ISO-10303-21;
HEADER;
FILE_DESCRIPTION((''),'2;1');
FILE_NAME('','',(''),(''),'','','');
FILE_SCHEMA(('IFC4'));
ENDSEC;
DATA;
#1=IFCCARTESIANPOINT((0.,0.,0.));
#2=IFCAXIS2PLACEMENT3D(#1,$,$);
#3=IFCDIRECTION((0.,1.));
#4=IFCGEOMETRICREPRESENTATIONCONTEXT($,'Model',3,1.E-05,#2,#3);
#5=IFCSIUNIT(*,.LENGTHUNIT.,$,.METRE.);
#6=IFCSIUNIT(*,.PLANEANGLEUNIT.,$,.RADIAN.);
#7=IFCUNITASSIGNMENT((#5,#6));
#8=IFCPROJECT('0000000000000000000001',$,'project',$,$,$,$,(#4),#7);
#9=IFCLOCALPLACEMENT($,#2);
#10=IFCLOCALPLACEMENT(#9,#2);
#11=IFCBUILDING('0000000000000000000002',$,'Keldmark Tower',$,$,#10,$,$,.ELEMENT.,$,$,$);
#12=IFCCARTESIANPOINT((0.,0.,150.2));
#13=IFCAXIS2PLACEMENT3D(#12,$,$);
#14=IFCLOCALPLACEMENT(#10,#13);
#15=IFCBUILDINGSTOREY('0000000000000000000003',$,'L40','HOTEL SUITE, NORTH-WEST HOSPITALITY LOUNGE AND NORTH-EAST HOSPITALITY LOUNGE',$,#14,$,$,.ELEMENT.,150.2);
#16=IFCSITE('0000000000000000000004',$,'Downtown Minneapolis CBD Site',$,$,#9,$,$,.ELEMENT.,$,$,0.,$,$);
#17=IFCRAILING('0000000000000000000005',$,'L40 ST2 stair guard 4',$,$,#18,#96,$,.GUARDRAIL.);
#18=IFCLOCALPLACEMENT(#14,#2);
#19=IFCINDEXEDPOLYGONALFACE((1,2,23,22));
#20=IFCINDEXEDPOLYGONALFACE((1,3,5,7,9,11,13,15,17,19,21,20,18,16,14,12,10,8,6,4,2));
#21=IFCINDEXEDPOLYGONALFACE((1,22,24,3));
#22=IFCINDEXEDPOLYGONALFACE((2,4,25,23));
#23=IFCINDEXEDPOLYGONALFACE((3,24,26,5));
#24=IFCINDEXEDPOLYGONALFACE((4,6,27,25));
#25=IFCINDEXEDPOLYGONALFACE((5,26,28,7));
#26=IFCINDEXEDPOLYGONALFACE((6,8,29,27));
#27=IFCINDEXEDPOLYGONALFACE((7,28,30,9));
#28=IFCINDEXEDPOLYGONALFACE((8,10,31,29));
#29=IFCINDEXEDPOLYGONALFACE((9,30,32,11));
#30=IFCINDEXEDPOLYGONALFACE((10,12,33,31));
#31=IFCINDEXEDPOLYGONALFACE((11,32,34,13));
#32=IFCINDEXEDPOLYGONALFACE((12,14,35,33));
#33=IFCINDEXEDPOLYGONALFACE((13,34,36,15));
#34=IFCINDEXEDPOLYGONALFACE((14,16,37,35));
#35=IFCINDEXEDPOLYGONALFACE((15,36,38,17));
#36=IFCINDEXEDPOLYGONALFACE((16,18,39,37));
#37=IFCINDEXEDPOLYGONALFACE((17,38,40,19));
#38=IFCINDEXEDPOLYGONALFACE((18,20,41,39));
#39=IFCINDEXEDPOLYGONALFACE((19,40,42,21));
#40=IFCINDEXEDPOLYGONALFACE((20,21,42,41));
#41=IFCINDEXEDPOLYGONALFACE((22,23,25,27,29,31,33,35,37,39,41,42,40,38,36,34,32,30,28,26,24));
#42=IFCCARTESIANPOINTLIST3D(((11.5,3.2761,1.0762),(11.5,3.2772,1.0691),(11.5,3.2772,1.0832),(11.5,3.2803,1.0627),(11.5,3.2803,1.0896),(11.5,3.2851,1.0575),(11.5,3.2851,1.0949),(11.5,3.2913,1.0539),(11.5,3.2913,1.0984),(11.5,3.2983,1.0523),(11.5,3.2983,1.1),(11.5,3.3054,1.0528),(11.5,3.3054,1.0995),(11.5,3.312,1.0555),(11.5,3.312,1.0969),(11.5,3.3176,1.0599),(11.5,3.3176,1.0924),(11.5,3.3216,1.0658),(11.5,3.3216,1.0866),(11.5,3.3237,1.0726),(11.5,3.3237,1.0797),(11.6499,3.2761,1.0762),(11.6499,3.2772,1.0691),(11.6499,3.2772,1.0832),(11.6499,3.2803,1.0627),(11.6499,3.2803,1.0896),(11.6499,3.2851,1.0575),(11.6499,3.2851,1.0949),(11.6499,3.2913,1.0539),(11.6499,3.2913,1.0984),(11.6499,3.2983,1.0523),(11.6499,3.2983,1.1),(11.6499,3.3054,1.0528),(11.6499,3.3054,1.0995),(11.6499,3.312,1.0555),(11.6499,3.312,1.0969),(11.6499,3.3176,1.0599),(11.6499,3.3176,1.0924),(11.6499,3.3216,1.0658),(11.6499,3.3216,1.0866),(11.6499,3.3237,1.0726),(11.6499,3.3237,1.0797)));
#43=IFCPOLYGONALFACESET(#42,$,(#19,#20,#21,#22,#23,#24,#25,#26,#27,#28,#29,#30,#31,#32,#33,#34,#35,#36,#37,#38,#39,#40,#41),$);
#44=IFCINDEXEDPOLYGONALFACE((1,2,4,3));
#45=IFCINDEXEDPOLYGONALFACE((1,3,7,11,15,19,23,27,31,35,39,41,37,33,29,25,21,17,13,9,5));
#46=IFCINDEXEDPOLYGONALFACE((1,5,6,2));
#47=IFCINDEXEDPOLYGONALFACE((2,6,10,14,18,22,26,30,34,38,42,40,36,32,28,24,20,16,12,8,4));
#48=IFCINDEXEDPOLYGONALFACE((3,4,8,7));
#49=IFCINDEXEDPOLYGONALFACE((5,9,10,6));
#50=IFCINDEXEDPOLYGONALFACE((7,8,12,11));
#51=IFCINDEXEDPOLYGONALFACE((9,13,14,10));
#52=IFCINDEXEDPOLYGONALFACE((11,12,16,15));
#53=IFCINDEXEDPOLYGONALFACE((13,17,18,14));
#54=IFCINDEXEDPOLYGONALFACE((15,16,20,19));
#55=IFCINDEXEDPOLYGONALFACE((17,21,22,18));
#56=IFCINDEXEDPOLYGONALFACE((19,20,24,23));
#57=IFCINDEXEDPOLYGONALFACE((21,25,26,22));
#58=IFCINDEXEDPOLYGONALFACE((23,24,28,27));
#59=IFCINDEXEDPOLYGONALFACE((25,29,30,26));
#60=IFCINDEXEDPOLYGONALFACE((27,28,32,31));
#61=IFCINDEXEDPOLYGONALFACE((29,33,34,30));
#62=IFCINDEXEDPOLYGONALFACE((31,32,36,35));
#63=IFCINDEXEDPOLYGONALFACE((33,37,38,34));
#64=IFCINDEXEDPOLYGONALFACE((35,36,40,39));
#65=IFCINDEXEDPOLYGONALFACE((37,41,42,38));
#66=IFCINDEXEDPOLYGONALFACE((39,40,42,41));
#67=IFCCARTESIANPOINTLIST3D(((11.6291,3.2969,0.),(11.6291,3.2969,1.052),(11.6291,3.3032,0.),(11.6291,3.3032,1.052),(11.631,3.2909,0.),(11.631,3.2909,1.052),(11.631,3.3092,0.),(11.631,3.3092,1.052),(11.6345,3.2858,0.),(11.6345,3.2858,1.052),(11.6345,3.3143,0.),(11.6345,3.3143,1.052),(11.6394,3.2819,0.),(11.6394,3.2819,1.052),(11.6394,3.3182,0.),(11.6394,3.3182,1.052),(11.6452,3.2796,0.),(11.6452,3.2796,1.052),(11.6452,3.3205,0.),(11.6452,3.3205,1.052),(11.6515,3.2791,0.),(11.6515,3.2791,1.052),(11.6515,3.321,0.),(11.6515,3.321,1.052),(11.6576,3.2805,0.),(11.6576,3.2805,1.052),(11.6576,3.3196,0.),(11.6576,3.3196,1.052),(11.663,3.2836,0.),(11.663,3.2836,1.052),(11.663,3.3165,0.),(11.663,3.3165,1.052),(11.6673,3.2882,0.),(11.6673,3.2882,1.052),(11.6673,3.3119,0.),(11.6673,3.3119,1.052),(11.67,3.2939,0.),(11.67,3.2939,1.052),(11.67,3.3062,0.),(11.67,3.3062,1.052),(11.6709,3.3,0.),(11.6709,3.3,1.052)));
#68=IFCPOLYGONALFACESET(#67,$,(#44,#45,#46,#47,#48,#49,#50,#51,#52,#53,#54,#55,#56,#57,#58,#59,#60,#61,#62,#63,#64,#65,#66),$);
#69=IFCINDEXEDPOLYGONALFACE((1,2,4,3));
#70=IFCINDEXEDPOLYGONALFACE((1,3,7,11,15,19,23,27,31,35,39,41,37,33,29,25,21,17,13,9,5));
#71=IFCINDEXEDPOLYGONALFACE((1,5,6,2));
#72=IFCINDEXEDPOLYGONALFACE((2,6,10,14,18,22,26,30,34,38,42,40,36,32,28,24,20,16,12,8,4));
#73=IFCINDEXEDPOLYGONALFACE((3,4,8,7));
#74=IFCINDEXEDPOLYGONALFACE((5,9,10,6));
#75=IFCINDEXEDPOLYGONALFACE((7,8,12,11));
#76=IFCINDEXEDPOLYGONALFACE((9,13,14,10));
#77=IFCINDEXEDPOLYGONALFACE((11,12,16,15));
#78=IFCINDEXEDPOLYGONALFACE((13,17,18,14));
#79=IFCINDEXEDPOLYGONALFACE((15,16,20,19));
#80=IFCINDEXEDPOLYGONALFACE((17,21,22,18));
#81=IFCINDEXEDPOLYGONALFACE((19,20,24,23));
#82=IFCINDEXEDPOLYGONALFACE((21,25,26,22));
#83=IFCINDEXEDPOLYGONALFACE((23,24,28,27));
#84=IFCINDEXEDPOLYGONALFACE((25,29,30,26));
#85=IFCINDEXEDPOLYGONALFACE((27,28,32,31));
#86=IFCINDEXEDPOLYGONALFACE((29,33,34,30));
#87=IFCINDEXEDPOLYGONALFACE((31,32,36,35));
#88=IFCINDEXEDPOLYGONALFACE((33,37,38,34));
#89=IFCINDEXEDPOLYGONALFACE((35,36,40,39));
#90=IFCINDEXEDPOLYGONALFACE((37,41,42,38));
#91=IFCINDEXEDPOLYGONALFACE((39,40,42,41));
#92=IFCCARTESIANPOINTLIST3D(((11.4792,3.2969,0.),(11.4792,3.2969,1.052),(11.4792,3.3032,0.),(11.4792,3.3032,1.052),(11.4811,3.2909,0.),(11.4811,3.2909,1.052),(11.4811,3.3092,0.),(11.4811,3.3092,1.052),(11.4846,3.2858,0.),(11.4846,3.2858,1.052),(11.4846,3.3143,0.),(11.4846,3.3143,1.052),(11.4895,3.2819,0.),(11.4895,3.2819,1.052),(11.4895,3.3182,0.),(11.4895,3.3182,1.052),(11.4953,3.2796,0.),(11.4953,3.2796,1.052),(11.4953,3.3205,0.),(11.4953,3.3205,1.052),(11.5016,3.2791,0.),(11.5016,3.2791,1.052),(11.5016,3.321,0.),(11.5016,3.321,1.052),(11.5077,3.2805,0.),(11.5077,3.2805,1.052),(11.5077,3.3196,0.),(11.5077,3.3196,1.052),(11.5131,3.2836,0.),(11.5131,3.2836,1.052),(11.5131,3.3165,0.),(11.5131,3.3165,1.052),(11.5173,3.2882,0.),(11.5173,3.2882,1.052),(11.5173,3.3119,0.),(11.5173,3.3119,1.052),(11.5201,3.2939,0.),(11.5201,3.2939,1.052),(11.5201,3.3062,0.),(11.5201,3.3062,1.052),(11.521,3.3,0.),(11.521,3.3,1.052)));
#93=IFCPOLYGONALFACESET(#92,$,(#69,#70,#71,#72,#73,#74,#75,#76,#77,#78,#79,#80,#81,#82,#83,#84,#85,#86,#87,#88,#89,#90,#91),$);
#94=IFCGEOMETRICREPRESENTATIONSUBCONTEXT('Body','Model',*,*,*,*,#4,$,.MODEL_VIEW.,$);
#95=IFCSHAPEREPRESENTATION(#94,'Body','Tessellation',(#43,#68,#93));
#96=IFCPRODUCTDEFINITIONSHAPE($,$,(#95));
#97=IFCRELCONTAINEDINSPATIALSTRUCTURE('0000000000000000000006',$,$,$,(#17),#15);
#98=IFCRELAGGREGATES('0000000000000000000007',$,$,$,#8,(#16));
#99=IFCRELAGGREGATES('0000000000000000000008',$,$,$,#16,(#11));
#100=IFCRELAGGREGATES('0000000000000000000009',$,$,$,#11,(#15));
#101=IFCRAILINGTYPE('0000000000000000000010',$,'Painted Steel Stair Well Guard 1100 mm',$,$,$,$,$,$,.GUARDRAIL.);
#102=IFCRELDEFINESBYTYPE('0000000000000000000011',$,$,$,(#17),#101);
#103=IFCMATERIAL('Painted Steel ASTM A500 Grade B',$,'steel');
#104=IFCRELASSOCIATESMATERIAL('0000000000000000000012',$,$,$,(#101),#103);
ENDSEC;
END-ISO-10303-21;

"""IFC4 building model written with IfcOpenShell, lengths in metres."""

from ifc_helpers import new_model, si_unit, direction, frame, origin, origin_2d, place, context, subcontext, project, spatial, circle, extrude, material, type_object, element, save


model = new_model("IFC4")

# Units and contexts
model_context = context("Model", 3, precision=1e-05, world=origin(), true_north=direction((0.0, 1.0)))
body_context = subcontext(model_context, "Body", "Model", "MODEL_VIEW")
ifc_project = project(units=[si_unit("LENGTHUNIT", "METRE"), si_unit("PLANEANGLEUNIT", "RADIAN")], contexts=[model_context])

# Site, building, storey
site_placement = place(None, origin())
site = spatial("IfcSite", under=ifc_project, at=site_placement, Name="Downtown Minneapolis CBD Site", CompositionType="ELEMENT", RefElevation=0.0)
building_placement = place(site_placement, origin())
building = spatial("IfcBuilding", under=site, at=building_placement, Name="Keldmark Tower", CompositionType="ELEMENT")
storey_placement = place(building_placement, frame((0.0, 0.0, 150.2)))
storey = spatial("IfcBuildingStorey", under=building, at=storey_placement, Name="L40", Description="HOTEL SUITE, NORTH-WEST HOSPITALITY LOUNGE AND NORTH-EAST HOSPITALITY LOUNGE", CompositionType="ELEMENT", Elevation=150.2)

# Railing
ifc_material_1 = material(Name="Painted Steel ASTM A500 Grade B", Category="steel")
railing_type_1 = type_object("IfcRailingType", Name="Painted Steel Stair Well Guard 1100 mm", PredefinedType="GUARDRAIL", material=ifc_material_1)
railing_1_placement = place(storey_placement, frame((11.6499, 3.3, 0.0)))
element("IfcRailing", 1, at=railing_1_placement, inside=storey, type_object=railing_type_1, Name="L40 ST2 stair guard 4", PredefinedType="GUARDRAIL", context=body_context, shape_type="SweptSolid", body=[
    extrude(circle(Radius=0.0239, at=origin_2d()), frame((0.0, 0.0, 1.0762), z_axis=(-1.0, 0.0, 0.0), x_axis=(0.0, -1.0, 0.0)), (0.0, 0.0, 1.0), 0.1499),
    extrude(circle(Radius=0.021, at=origin_2d()), origin(), (0.0, 0.0, 1.0), 1.052),
    extrude(circle(Radius=0.021, at=origin_2d()), frame((-0.1499, 0.0, 0.0)), (0.0, 0.0, 1.0), 1.052),
])

save(model, "model.ifc")
